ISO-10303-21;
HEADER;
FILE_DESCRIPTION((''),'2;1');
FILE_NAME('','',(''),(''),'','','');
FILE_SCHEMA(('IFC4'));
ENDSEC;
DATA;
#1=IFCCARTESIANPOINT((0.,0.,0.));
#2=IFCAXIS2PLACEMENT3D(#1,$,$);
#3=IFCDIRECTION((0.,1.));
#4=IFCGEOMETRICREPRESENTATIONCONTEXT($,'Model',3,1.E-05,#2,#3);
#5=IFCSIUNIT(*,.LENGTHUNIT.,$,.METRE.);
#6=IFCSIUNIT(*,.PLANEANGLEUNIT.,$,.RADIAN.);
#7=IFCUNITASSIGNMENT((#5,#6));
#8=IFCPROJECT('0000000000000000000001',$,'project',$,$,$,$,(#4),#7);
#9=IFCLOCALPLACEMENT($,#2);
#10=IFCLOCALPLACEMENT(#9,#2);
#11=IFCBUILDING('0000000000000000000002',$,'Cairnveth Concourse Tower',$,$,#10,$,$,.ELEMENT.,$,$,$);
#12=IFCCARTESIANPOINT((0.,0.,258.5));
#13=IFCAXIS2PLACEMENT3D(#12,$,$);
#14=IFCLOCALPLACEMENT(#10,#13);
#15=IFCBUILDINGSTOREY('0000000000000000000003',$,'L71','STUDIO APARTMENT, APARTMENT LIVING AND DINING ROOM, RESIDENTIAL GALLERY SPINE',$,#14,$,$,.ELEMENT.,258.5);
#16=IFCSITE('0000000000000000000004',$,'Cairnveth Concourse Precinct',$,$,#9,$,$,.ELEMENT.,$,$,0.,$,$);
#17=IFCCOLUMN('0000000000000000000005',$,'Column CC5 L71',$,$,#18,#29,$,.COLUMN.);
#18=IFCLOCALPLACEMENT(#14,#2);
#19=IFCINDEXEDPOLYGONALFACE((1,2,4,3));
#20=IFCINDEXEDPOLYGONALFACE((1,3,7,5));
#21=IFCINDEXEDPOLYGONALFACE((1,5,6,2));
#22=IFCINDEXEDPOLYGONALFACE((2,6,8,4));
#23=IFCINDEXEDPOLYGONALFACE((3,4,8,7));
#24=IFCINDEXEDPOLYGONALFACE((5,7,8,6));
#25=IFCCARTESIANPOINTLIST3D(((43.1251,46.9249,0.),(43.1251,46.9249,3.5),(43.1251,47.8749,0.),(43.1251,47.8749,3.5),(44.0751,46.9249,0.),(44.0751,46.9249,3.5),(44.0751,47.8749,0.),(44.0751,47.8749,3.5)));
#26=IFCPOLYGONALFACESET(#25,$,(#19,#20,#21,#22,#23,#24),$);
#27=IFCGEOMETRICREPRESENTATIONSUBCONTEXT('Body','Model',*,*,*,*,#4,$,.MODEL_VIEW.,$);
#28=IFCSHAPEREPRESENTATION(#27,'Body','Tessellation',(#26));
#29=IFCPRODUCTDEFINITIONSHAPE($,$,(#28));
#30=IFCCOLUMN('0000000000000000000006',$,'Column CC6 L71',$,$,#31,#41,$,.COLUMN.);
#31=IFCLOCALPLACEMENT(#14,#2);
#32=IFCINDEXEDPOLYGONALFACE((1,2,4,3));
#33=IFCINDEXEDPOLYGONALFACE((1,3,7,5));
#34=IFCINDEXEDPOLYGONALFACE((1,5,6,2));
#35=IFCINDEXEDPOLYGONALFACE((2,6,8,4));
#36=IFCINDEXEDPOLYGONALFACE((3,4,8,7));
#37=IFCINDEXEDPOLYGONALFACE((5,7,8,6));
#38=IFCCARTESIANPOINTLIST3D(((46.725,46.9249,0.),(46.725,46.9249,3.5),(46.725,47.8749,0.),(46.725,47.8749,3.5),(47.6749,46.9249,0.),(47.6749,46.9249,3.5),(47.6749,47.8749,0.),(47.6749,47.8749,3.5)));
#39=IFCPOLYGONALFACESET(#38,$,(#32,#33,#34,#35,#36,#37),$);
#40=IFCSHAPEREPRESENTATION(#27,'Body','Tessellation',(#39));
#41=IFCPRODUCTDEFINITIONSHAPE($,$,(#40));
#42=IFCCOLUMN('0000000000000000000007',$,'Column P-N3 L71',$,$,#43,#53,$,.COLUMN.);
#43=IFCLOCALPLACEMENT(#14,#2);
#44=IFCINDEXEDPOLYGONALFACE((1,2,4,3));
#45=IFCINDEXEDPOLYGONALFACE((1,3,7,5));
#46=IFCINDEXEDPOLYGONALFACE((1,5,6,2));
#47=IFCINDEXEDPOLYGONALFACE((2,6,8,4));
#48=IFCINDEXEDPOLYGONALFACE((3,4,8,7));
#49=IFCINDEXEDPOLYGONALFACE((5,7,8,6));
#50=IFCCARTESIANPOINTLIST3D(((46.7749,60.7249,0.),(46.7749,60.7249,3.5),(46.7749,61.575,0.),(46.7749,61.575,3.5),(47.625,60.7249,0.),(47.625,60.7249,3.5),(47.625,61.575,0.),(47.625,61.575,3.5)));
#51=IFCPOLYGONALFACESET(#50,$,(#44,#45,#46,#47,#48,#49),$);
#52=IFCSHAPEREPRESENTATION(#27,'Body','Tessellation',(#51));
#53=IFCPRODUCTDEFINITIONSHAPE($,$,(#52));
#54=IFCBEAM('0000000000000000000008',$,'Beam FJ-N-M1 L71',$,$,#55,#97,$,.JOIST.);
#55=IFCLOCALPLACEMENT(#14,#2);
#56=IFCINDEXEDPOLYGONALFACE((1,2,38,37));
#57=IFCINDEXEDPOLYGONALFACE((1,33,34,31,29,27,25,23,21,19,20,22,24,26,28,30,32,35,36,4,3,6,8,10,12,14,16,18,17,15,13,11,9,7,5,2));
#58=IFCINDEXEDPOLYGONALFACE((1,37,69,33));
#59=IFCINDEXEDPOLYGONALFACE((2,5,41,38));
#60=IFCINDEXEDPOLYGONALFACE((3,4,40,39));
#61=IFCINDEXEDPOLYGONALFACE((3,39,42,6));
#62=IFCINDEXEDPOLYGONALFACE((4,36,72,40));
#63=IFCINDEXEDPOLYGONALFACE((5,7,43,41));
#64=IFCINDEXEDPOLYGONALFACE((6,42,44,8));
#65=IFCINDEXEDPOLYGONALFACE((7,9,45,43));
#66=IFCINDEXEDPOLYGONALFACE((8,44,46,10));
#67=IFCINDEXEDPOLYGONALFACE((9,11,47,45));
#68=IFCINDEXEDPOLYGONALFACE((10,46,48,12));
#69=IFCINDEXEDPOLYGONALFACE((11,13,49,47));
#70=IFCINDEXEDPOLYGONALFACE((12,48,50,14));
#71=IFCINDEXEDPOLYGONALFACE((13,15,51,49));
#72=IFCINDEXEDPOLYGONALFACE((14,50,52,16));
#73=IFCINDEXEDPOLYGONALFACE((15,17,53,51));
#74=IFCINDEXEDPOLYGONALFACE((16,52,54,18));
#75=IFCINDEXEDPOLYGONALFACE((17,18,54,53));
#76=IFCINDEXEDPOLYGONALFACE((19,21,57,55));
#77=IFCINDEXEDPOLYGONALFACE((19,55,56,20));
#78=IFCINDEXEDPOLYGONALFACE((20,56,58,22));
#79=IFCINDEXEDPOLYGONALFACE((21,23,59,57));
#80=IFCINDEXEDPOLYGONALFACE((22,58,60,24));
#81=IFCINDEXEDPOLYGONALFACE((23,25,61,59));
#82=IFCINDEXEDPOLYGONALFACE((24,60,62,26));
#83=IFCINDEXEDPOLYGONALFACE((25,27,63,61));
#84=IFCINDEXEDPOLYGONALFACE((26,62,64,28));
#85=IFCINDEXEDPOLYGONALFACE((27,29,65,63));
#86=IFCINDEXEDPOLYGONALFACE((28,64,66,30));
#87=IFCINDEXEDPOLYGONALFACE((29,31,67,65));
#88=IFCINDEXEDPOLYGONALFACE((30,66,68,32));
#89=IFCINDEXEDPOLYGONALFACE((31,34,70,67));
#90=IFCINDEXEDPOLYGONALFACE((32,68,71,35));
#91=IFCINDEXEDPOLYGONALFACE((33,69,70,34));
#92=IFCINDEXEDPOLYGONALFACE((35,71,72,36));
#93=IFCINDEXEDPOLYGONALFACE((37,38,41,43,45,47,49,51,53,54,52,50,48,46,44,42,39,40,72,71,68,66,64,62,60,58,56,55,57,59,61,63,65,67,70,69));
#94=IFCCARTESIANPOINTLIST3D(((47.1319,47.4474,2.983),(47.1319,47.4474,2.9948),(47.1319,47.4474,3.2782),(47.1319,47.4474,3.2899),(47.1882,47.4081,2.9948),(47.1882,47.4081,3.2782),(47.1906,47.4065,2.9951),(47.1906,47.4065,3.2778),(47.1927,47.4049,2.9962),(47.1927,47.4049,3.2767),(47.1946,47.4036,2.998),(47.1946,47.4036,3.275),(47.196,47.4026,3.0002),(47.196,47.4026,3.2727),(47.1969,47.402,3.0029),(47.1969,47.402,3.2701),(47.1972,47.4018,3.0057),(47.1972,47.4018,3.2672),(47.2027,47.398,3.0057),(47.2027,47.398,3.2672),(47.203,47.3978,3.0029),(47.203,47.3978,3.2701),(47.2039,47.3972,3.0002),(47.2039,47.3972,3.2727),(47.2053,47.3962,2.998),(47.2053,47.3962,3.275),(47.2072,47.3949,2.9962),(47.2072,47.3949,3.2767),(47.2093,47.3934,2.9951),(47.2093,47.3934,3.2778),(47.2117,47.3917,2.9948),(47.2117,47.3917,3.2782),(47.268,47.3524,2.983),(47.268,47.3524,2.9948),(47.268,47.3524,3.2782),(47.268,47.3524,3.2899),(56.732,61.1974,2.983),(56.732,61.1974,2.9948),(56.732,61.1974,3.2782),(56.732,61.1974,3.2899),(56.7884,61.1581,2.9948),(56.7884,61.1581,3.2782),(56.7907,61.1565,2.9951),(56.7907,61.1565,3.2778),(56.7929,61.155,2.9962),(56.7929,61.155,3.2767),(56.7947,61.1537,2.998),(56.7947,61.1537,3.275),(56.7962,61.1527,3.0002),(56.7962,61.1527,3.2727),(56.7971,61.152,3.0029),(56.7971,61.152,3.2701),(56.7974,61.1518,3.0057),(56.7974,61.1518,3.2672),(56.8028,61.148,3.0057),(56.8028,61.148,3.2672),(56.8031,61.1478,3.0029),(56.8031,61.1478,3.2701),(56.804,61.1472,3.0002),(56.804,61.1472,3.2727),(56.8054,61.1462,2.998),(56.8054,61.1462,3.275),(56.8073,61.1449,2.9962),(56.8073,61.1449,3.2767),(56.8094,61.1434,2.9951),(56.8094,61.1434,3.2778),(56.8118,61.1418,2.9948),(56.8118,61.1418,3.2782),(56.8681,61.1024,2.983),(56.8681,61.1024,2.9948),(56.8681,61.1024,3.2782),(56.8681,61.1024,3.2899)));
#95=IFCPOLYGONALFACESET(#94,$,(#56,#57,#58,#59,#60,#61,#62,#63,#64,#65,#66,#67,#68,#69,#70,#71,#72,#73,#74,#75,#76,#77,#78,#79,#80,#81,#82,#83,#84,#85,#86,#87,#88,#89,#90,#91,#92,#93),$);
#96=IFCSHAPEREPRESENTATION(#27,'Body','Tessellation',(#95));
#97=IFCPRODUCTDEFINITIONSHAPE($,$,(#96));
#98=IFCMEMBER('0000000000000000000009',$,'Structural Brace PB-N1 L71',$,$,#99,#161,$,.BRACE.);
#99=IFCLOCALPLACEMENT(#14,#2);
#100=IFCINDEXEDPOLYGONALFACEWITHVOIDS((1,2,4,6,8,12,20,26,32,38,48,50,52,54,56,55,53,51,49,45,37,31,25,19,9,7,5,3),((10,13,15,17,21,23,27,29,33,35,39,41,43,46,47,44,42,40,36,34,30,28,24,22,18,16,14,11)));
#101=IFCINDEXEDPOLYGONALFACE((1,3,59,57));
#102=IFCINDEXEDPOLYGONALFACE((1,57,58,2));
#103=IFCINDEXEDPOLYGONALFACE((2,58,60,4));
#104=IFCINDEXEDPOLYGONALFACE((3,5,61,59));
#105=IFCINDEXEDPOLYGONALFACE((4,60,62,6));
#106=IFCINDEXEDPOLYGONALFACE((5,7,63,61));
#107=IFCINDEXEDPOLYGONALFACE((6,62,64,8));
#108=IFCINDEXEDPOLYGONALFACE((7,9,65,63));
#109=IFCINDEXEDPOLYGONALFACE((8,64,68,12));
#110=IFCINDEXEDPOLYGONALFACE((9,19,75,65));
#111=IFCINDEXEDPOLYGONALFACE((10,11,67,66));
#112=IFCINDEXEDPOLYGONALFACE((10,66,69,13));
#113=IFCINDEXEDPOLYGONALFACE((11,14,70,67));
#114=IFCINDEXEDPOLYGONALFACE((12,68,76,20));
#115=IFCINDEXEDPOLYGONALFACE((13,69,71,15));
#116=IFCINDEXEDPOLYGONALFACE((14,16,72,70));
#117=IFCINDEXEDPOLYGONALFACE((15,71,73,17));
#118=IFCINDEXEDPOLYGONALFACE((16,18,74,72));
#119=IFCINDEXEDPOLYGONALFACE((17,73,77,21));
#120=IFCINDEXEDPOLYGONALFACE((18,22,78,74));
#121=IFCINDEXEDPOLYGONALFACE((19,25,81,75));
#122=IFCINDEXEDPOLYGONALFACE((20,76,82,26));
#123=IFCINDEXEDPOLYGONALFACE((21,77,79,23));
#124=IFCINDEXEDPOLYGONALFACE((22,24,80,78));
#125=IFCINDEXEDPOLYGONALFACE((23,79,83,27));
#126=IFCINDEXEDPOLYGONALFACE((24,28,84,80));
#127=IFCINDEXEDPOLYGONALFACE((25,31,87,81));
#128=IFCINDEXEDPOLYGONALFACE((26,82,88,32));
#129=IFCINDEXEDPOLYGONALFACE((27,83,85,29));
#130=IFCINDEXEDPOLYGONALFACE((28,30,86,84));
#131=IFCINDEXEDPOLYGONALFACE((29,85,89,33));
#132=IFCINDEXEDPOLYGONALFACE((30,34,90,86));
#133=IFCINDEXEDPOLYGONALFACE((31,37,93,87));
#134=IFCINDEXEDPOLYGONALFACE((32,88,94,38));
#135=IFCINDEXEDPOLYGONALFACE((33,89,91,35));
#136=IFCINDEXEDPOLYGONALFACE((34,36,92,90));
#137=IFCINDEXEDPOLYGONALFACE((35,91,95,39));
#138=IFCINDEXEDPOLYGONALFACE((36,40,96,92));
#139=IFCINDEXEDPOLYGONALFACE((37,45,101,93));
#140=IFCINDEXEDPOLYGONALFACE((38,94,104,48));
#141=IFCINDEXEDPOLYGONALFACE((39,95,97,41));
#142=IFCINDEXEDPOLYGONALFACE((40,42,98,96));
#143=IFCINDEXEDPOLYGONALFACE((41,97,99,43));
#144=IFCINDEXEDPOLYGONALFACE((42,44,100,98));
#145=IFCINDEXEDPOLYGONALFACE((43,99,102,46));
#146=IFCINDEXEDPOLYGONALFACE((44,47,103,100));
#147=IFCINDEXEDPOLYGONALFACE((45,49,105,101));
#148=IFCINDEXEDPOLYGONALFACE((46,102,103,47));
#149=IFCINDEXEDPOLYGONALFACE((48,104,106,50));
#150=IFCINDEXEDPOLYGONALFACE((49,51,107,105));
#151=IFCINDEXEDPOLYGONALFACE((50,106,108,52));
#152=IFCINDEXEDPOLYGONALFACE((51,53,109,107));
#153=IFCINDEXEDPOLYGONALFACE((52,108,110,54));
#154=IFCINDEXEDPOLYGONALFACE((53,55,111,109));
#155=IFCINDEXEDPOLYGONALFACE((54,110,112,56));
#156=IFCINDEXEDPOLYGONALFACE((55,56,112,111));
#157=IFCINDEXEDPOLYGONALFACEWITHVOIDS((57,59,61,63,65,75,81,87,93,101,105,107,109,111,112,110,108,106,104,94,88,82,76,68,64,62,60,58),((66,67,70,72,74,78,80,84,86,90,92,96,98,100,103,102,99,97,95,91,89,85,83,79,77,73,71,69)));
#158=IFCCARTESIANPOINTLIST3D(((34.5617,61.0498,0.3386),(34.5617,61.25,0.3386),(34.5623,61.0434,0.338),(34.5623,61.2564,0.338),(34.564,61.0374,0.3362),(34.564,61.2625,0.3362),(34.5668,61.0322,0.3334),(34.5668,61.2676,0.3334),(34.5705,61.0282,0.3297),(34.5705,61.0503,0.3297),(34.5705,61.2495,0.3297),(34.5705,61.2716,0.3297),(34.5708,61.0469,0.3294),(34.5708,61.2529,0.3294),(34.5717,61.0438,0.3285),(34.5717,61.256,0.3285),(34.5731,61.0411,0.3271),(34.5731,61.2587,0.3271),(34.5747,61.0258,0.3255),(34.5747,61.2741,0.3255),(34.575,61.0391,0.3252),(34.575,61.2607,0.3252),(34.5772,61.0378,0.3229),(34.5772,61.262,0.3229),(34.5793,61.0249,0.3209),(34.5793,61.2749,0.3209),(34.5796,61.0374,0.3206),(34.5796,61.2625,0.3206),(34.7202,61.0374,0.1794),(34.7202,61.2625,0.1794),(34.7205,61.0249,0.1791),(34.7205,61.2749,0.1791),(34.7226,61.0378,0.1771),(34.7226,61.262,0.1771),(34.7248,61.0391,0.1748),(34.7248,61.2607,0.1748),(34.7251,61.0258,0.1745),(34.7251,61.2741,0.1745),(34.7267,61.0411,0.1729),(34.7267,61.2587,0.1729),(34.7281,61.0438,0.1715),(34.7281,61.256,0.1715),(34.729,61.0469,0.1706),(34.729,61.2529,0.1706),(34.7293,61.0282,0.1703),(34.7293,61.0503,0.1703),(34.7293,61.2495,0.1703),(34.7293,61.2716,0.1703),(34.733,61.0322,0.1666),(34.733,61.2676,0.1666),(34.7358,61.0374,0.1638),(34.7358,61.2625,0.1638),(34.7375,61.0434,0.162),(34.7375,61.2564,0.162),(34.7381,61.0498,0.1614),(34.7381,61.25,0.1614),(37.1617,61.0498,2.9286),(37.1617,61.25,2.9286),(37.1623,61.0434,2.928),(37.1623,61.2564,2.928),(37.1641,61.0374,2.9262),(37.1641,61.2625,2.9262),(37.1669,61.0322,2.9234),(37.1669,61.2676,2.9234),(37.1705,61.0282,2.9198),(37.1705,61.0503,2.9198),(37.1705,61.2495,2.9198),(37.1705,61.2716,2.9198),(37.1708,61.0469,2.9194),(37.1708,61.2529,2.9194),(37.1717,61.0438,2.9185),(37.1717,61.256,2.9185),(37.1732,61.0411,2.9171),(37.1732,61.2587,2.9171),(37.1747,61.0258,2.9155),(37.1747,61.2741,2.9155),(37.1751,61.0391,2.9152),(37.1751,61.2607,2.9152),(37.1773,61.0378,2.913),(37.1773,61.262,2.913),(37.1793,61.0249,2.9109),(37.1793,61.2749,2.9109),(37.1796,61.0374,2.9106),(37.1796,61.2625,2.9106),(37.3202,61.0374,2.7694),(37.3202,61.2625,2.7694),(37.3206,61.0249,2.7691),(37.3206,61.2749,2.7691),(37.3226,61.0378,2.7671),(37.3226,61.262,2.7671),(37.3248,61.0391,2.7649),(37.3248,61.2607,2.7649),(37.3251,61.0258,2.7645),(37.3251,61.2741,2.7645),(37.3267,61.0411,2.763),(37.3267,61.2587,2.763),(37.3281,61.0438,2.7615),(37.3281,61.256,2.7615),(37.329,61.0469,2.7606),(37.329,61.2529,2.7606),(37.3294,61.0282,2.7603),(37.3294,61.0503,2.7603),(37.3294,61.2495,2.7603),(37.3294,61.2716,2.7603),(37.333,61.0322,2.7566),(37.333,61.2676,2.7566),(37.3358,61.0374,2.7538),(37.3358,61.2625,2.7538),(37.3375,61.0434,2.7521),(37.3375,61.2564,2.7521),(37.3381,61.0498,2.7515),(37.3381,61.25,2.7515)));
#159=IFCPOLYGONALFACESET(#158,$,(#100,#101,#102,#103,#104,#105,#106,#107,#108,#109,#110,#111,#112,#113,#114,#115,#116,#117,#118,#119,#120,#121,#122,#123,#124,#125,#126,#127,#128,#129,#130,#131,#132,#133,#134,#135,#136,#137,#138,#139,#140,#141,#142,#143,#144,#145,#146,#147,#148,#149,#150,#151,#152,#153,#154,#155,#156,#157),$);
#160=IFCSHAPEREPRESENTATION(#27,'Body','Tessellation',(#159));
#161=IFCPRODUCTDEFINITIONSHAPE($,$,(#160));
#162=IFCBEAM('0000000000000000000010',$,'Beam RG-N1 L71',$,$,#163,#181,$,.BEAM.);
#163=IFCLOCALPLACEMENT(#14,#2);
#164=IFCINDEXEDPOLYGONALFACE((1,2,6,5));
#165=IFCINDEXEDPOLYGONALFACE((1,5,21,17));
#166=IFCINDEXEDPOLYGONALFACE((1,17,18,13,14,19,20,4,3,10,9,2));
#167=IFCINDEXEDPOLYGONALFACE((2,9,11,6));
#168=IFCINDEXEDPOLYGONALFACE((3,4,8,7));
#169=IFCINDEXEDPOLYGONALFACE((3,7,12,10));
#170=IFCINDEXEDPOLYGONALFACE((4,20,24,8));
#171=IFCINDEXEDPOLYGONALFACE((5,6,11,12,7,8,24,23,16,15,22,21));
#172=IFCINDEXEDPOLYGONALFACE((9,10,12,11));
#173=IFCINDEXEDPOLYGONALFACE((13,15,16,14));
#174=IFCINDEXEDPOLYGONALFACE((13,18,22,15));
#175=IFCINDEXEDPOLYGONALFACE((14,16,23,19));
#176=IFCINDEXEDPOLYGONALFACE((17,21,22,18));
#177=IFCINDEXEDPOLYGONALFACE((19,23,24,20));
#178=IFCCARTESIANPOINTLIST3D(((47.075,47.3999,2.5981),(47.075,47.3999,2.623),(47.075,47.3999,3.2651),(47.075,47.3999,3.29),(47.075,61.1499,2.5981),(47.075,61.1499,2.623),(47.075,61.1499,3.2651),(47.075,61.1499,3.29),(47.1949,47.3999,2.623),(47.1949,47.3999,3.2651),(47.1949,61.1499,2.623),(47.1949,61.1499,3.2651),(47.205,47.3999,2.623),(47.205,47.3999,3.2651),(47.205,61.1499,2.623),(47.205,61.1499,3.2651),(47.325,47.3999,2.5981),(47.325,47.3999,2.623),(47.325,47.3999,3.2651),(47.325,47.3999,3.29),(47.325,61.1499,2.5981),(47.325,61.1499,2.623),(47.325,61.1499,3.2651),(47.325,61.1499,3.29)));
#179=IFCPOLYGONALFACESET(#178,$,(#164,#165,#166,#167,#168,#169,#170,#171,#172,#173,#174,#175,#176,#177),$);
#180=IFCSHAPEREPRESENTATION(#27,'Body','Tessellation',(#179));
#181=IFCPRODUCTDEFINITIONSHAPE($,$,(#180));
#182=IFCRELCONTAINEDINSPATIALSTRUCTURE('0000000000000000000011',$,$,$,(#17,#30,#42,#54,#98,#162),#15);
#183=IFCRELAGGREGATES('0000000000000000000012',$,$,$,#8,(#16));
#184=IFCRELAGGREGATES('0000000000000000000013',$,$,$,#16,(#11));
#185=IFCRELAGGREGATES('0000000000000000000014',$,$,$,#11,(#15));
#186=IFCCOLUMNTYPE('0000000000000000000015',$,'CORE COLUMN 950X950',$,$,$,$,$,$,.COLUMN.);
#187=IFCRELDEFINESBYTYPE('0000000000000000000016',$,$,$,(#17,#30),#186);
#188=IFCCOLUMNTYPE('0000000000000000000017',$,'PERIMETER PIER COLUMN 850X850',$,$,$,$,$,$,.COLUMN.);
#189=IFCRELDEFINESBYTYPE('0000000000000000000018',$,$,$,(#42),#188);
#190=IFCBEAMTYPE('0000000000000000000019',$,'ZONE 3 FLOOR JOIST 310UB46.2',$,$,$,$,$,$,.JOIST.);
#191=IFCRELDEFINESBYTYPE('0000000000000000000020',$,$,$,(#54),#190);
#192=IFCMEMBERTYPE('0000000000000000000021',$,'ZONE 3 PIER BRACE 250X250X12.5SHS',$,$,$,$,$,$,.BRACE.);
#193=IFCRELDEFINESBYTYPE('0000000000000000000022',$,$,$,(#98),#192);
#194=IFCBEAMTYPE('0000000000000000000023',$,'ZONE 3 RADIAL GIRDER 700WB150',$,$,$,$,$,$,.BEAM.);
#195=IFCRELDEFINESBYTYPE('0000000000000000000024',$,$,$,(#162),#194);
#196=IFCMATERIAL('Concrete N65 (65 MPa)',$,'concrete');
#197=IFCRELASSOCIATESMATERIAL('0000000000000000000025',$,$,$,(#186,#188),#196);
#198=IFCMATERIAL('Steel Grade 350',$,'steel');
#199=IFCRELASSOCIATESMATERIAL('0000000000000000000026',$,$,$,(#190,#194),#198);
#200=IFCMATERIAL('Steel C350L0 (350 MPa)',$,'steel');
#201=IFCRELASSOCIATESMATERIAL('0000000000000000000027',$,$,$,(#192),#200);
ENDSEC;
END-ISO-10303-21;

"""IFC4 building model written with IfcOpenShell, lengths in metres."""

from ifc_helpers import new_model, si_unit, direction, frame, origin, origin_2d, place, context, subcontext, project, spatial, rectangle, hollow_rectangle, i_section, extrude, material, material_profile, profile_set, type_object, element, save


model = new_model("IFC4")

# Units and contexts
model_context = context("Model", 3, precision=1e-05, world=origin(), true_north=direction((0.0, 1.0)))
body_context = subcontext(model_context, "Body", "Model", "MODEL_VIEW")
ifc_project = project(units=[si_unit("LENGTHUNIT", "METRE"), si_unit("PLANEANGLEUNIT", "RADIAN")], contexts=[model_context])

# Site, building, storey
site_placement = place(None, origin())
site = spatial("IfcSite", under=ifc_project, at=site_placement, Name="Cairnveth Concourse Precinct", CompositionType="ELEMENT", RefElevation=0.0)
building_placement = place(site_placement, origin())
building = spatial("IfcBuilding", under=site, at=building_placement, Name="Cairnveth Concourse Tower", CompositionType="ELEMENT")
storey_placement = place(building_placement, frame((0.0, 0.0, 258.5)))
storey = spatial("IfcBuildingStorey", under=building, at=storey_placement, Name="L71", Description="STUDIO APARTMENT, APARTMENT LIVING AND DINING ROOM, RESIDENTIAL GALLERY SPINE", CompositionType="ELEMENT", Elevation=258.5)

# Columns
ifc_material_1 = material(Name="Concrete N65 (65 MPa)", Category="concrete")
ifc_material_profile_1 = material_profile(ifc_material_1, rectangle(XDim=0.95, YDim=0.95, at=origin_2d()), Name="RC-COL-950x950")
ifc_profile_set_1 = profile_set([ifc_material_profile_1], Name="Concrete N65 (65 MPa)")
column_type_1 = type_object("IfcColumnType", Name="CORE COLUMN 950X950", PredefinedType="COLUMN", material=ifc_profile_set_1)
for number, where, z_axis, x_axis, name in (
    (1, (43.6001, 47.3999, 0.0), (0.0, 0.0, 1.0), (1.0, 0.0, 0.0), "Column CC5 L71"),
    (2, (47.2, 47.3999, 0.0), (0.0, 0.0, 1.0), (1.0, 0.0, 0.0), "Column CC6 L71"),
):
    element("IfcColumn", number, at=place(storey_placement, frame(where, z_axis=z_axis, x_axis=x_axis)), inside=storey, type_object=column_type_1, Name=name, PredefinedType="COLUMN", context=body_context, shape_type="SweptSolid", body=[
        extrude(rectangle(XDim=0.95, YDim=0.95, at=origin_2d()), origin(), (0.0, 0.0, 1.0), 3.5),
    ])
ifc_material_profile_2 = material_profile(ifc_material_1, rectangle(XDim=0.8501, YDim=0.8501, at=origin_2d()), Name="RC-COL-850x850")
ifc_profile_set_2 = profile_set([ifc_material_profile_2], Name="Concrete N65 (65 MPa)")
column_type_2 = type_object("IfcColumnType", Name="PERIMETER PIER COLUMN 850X850", PredefinedType="COLUMN", material=ifc_profile_set_2)
column_placement = place(storey_placement, frame((47.2, 61.1499, 0.0), z_axis=(0.0, 0.0, 1.0), x_axis=(1.0, 0.0, 0.0)))
element("IfcColumn", 3, at=column_placement, inside=storey, type_object=column_type_2, Name="Column P-N3 L71", PredefinedType="COLUMN", context=body_context, shape_type="SweptSolid", body=[
    extrude(rectangle(XDim=0.8501, YDim=0.8501, at=origin_2d()), origin(), (0.0, 0.0, 1.0), 3.5),
])

# Beam
ifc_material_2 = material(Name="Steel Grade 350", Category="steel")
ifc_material_profile_3 = material_profile(ifc_material_2, i_section(OverallWidth=0.166, OverallDepth=0.3069, WebThickness=0.0066, FlangeThickness=0.0117, FilletRadius=0.011, at=origin_2d()), Name="310UB46.2")
ifc_profile_set_3 = profile_set([ifc_material_profile_3], Name="Steel Grade 350")
beam_type_1 = type_object("IfcBeamType", Name="ZONE 3 FLOOR JOIST 310UB46.2", PredefinedType="JOIST", material=ifc_profile_set_3)
beam_1_placement = place(storey_placement, frame((47.2, 47.3999, 3.1365), z_axis=(0.572465, 0.819929, 0.0), x_axis=(-0.819929, 0.572465, 0.0)))
element("IfcBeam", 4, at=beam_1_placement, inside=storey, type_object=beam_type_1, Name="Beam FJ-N-M1 L71", PredefinedType="JOIST", context=body_context, shape_type="SweptSolid", body=[
    extrude(i_section(OverallWidth=0.166, OverallDepth=0.3069, WebThickness=0.0066, FlangeThickness=0.0117, FilletRadius=0.011, at=origin_2d()), origin(), (0.0, 0.0, 1.0), 16.7698),
])

# Member
ifc_material_3 = material(Name="Steel C350L0 (350 MPa)", Category="steel")
ifc_material_profile_4 = material_profile(ifc_material_3, hollow_rectangle(XDim=0.25, YDim=0.25, WallThickness=0.0125, InnerFilletRadius=0.0129, OuterFilletRadius=0.0249, at=origin_2d()), Name="250x250x12.5SHS")
ifc_profile_set_4 = profile_set([ifc_material_profile_4], Name="Steel C350L0 (350 MPa)")
member_type = type_object("IfcMemberType", Name="ZONE 3 PIER BRACE 250X250X12.5SHS", PredefinedType="BRACE", material=ifc_profile_set_4)
member_placement = place(storey_placement, frame((34.6499, 61.1499, 0.25), z_axis=(0.708469, 0.0, 0.705742), x_axis=(0.0, 1.0, 0.0)))
element("IfcMember", 5, at=member_placement, inside=storey, type_object=member_type, Name="Structural Brace PB-N1 L71", PredefinedType="BRACE", context=body_context, shape_type="SweptSolid", body=[
    extrude(hollow_rectangle(XDim=0.25, YDim=0.25, WallThickness=0.0125, InnerFilletRadius=0.0129, OuterFilletRadius=0.0249, at=origin_2d()), origin(), (0.0, 0.0, 1.0), 3.6699),
])

# Beam
ifc_material_profile_5 = material_profile(ifc_material_2, i_section(OverallWidth=0.25, OverallDepth=0.6919, WebThickness=0.01, FlangeThickness=0.0249, at=origin_2d()), Name="700WB150")
ifc_profile_set_5 = profile_set([ifc_material_profile_5], Name="Steel Grade 350")
beam_type_2 = type_object("IfcBeamType", Name="ZONE 3 RADIAL GIRDER 700WB150", PredefinedType="BEAM", material=ifc_profile_set_5)
beam_2_placement = place(storey_placement, frame((47.2, 47.3999, 2.9441), z_axis=(0.0, 1.0, 0.0), x_axis=(-1.0, 0.0, 0.0)))
element("IfcBeam", 6, at=beam_2_placement, inside=storey, type_object=beam_type_2, Name="Beam RG-N1 L71", PredefinedType="BEAM", context=body_context, shape_type="SweptSolid", body=[
    extrude(i_section(OverallWidth=0.25, OverallDepth=0.6919, WebThickness=0.01, FlangeThickness=0.0249, at=origin_2d()), origin(), (0.0, 0.0, 1.0), 13.75),
])

save(model, "model.ifc")
